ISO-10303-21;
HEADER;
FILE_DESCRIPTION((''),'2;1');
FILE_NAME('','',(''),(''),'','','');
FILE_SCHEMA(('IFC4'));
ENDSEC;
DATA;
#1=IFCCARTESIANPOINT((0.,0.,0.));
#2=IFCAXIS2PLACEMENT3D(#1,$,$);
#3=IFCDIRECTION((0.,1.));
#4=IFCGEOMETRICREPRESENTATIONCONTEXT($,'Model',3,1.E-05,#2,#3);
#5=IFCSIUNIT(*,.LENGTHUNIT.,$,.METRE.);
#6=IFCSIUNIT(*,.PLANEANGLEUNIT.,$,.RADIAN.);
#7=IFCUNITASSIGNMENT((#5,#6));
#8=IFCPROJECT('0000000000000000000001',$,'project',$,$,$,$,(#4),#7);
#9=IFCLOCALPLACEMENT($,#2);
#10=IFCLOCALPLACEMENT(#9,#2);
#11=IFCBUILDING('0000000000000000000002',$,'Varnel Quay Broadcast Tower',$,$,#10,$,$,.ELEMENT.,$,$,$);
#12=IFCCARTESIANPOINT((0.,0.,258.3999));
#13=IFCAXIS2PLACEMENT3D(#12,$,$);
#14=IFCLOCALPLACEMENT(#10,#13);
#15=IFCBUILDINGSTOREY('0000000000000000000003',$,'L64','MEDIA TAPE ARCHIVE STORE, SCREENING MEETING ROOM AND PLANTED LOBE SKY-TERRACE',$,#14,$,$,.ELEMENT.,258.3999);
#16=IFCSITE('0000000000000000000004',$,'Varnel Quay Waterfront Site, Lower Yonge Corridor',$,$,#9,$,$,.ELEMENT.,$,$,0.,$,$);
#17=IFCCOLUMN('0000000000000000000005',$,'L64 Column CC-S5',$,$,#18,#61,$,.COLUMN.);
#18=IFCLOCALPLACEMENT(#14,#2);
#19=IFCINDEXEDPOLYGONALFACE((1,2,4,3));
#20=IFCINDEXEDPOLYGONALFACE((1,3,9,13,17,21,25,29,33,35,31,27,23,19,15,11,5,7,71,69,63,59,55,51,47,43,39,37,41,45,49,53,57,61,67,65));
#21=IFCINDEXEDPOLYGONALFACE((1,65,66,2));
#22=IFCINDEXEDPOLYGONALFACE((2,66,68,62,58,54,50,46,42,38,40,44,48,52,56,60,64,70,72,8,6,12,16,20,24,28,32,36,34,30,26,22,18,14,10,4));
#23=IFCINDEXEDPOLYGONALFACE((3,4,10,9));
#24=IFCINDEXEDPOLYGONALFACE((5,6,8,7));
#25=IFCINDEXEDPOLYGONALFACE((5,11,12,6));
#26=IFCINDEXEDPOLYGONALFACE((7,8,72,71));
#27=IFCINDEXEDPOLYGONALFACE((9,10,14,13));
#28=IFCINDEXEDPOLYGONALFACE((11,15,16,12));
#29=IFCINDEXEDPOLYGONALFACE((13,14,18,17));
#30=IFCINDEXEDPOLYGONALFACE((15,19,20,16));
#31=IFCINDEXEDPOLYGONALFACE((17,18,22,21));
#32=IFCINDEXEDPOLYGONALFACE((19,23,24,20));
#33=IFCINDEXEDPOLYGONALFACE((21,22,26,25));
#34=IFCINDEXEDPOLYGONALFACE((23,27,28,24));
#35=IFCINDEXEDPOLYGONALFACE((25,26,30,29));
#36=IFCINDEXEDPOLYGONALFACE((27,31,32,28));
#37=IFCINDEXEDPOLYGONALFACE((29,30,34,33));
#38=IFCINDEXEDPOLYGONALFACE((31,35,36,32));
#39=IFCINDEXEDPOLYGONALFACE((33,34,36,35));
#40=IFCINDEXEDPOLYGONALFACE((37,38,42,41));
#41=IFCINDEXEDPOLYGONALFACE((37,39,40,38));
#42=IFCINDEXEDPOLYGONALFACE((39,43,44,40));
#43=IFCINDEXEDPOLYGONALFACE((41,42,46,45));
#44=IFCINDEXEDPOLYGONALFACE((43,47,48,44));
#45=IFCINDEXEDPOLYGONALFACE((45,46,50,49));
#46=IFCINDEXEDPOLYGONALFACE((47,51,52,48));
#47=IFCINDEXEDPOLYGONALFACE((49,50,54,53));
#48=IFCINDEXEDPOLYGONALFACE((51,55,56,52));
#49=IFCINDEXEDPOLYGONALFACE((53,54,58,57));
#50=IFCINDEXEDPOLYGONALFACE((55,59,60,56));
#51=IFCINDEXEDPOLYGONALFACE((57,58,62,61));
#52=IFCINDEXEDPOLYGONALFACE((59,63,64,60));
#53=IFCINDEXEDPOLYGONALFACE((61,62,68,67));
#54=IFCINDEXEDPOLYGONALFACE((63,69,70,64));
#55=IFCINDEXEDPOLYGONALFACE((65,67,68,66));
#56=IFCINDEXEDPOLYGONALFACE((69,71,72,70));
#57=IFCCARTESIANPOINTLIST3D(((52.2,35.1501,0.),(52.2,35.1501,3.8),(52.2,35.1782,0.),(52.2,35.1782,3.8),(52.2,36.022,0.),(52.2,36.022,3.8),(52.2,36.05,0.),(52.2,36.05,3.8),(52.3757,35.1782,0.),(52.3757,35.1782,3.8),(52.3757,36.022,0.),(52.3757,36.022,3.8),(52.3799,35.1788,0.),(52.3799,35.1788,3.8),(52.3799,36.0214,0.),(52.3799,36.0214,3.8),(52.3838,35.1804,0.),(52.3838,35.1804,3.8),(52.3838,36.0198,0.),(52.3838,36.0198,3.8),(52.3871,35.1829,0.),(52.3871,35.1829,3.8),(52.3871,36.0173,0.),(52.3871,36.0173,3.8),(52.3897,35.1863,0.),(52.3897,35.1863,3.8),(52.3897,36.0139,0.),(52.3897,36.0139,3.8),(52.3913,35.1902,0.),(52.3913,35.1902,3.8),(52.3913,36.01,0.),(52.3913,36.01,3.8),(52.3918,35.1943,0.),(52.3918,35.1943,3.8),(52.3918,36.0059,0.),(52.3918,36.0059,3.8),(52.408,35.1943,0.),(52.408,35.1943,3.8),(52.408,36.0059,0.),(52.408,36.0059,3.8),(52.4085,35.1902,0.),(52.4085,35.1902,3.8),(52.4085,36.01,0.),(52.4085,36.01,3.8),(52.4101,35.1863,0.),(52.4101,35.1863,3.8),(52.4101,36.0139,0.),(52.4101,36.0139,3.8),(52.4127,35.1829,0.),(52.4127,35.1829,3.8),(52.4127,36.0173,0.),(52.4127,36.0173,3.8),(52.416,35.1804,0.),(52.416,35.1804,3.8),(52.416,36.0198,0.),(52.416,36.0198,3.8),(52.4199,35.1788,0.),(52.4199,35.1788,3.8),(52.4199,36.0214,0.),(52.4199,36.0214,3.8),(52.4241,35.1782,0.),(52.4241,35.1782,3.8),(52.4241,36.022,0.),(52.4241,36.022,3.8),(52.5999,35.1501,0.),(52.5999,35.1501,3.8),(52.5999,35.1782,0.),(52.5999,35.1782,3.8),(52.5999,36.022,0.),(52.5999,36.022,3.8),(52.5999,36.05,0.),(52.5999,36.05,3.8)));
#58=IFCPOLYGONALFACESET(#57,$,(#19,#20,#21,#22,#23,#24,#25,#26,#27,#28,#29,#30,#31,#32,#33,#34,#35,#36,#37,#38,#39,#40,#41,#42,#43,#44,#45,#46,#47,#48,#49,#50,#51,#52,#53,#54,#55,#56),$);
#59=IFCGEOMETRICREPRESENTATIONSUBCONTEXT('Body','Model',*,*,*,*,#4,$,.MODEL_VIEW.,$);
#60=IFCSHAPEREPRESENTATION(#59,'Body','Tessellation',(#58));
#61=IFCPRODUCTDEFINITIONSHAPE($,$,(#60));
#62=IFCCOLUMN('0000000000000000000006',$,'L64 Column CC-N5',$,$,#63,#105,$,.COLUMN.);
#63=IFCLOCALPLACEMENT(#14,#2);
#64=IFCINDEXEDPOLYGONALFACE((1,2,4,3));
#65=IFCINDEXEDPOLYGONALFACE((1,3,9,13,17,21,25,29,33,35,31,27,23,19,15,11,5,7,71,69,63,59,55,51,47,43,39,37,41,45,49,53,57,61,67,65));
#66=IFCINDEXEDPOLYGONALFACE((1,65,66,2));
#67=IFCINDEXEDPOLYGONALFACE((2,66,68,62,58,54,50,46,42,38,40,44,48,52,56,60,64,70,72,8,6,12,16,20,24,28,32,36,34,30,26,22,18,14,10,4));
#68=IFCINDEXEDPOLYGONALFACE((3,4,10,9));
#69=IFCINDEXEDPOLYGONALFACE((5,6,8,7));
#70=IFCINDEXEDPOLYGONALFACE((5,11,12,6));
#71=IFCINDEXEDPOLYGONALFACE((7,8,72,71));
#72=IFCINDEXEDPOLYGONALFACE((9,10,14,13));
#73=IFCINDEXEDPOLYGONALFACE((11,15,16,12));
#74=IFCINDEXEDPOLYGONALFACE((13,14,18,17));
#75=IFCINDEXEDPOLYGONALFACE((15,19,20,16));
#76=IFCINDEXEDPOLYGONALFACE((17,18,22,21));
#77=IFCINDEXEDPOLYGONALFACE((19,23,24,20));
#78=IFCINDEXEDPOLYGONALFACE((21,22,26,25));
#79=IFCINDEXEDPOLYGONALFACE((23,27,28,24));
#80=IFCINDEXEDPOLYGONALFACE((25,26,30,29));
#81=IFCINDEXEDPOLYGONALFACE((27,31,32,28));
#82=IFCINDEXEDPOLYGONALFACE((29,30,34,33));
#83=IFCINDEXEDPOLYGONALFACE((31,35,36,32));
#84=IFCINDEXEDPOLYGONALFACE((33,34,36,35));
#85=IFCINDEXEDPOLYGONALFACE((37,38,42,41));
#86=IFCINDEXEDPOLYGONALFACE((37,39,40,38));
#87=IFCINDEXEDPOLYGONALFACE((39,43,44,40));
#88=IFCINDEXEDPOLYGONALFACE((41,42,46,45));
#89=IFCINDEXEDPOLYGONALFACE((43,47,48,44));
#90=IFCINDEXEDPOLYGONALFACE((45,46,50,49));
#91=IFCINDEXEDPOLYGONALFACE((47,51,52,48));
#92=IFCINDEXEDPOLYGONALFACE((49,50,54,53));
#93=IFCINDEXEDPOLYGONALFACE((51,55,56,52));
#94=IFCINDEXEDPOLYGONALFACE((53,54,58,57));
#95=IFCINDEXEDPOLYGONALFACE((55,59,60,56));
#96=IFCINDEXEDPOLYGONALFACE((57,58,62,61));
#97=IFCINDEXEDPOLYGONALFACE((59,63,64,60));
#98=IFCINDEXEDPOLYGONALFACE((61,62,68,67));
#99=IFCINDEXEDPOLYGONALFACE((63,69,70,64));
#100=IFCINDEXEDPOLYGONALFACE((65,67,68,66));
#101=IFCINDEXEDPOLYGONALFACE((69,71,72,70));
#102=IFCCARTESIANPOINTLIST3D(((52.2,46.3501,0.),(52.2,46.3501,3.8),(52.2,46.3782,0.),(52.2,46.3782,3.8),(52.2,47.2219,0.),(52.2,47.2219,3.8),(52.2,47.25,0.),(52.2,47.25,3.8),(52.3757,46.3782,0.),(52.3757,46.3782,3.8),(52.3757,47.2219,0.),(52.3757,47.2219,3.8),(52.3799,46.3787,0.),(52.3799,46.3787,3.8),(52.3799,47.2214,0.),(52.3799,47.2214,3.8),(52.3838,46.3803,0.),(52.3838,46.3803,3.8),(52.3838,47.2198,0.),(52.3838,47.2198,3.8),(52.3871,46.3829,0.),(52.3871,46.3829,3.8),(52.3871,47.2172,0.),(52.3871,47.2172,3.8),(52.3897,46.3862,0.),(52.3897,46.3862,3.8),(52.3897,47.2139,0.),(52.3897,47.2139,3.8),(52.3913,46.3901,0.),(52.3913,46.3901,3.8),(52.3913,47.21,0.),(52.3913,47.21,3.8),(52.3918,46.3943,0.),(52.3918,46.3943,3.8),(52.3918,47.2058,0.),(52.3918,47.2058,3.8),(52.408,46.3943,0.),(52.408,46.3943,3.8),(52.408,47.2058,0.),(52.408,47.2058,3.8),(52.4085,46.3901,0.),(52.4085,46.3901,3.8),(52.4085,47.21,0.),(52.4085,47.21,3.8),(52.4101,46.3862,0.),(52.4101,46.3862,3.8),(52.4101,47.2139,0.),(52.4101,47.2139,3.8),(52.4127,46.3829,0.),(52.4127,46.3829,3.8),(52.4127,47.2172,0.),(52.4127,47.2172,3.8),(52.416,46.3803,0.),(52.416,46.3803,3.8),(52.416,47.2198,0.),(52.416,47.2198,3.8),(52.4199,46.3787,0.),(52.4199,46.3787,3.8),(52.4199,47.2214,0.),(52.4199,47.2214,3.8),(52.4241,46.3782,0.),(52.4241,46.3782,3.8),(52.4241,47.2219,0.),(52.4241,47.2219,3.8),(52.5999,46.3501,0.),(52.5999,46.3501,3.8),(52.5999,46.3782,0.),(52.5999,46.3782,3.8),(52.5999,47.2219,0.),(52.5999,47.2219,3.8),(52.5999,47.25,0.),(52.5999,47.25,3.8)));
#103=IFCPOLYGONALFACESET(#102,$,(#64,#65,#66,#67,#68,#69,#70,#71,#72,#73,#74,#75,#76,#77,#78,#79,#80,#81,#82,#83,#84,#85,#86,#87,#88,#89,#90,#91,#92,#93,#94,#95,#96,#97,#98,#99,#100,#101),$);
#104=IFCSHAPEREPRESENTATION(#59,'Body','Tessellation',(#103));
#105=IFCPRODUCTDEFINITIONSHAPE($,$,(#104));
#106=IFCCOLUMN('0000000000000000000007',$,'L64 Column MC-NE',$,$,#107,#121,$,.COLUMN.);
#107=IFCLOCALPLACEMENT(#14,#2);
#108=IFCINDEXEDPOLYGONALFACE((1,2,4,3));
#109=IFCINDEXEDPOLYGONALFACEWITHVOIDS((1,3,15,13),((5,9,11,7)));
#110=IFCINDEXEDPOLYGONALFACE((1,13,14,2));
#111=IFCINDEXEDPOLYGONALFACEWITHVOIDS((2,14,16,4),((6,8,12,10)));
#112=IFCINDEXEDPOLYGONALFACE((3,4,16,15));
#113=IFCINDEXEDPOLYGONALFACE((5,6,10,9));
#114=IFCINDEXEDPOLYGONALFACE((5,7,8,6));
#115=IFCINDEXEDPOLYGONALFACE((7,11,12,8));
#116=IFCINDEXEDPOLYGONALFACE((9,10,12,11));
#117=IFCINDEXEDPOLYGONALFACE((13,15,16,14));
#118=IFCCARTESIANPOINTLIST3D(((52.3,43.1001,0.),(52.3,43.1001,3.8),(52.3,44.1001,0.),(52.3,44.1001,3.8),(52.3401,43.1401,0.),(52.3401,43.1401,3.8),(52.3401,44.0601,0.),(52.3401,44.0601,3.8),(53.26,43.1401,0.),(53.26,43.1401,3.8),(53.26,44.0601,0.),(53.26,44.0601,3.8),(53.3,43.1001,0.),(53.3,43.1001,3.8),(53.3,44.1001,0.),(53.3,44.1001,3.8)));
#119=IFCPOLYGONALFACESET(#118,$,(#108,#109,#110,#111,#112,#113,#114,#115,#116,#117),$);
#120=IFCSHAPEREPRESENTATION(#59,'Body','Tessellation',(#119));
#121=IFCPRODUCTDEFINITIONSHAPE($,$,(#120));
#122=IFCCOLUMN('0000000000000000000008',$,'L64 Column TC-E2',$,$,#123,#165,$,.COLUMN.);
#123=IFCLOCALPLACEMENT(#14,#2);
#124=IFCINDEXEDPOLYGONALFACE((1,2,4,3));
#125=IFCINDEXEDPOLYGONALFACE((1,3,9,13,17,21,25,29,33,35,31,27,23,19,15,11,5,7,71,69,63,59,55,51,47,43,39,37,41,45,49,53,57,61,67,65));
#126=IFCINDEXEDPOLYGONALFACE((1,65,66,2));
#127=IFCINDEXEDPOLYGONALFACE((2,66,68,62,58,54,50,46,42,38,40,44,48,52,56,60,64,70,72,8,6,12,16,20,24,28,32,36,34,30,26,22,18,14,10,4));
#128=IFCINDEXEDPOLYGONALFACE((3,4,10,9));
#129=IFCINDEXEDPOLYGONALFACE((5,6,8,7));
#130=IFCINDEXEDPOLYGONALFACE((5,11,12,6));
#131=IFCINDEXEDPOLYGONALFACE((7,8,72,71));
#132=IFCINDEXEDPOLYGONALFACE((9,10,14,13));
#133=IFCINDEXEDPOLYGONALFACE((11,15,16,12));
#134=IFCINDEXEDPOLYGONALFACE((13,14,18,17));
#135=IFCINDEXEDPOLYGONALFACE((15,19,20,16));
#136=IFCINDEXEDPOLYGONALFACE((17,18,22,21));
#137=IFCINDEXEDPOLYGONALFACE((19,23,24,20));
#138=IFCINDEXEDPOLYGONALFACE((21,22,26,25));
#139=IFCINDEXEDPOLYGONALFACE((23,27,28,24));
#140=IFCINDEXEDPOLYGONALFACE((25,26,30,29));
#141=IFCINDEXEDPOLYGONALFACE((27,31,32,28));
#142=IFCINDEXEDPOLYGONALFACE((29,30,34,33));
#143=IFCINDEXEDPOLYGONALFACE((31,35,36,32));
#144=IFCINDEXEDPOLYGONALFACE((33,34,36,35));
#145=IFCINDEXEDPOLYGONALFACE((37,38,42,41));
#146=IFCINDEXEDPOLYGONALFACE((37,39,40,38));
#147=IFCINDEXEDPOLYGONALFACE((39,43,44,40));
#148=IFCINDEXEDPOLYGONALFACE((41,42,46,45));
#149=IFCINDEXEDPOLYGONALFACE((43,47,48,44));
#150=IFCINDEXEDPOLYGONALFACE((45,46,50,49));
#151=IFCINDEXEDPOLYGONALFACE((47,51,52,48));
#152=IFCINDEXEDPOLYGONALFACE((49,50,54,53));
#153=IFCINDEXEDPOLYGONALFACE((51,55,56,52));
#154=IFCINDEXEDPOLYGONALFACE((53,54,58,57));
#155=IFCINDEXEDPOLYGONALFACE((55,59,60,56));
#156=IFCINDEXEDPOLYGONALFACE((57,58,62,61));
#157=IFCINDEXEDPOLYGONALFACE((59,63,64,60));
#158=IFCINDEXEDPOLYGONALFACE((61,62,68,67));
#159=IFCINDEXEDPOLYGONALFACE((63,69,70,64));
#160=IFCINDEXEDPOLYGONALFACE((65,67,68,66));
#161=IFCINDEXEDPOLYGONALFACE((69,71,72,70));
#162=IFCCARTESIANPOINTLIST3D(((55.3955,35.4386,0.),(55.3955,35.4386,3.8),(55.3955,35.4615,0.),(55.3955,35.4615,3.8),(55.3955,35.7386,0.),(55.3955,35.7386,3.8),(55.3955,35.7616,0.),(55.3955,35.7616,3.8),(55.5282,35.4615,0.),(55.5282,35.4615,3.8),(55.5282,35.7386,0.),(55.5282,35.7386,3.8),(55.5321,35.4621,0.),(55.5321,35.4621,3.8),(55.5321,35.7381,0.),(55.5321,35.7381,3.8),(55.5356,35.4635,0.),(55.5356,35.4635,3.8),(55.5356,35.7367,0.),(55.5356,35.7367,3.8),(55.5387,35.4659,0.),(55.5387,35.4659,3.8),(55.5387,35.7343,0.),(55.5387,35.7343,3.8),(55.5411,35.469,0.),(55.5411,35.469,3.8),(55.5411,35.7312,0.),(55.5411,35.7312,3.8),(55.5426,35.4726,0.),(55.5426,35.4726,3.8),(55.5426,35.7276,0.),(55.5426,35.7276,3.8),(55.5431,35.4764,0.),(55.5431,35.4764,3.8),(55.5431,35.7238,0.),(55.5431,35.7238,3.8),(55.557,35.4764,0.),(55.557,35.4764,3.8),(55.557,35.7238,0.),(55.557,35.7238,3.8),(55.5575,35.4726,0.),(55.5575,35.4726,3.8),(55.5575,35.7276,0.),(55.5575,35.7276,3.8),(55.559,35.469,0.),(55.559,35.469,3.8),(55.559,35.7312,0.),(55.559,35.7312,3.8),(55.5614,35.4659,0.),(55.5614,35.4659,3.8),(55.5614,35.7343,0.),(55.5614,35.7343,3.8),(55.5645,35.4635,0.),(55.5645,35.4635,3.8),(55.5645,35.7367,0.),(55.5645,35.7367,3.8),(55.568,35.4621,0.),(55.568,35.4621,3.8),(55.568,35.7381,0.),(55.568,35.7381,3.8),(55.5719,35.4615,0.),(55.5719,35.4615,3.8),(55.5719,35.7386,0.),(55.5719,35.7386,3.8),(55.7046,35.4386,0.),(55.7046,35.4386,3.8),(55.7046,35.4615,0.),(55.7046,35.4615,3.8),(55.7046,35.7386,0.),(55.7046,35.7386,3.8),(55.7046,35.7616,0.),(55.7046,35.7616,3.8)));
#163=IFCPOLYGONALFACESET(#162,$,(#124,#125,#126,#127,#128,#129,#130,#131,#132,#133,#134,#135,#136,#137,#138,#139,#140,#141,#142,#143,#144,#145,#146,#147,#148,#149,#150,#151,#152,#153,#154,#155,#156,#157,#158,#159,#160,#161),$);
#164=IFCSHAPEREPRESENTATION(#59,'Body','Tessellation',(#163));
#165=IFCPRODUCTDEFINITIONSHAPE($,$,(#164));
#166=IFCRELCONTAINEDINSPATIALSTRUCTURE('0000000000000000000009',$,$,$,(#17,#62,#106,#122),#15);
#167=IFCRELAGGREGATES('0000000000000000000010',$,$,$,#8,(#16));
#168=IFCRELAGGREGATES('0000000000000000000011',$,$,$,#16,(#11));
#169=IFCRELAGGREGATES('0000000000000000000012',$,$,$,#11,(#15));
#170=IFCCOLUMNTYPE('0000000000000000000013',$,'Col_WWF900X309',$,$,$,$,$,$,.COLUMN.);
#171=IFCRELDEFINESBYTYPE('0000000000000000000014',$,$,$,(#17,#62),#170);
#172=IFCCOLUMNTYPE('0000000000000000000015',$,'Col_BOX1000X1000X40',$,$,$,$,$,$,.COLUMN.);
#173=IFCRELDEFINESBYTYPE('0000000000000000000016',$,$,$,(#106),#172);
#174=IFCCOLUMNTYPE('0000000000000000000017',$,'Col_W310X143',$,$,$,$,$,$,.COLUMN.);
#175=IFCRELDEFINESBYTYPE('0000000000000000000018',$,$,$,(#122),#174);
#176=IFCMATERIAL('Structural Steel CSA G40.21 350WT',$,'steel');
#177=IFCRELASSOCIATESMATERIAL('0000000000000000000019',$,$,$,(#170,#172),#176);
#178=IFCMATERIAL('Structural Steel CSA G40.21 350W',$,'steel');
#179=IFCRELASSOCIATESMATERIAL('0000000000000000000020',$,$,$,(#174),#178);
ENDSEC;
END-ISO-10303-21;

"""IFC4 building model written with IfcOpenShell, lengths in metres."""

from ifc_helpers import new_model, si_unit, direction, frame, origin, origin_2d, place, context, subcontext, project, spatial, hollow_rectangle, i_section, extrude, source, transform, mapped, material, material_profile, profile_set, type_object, type_shapes, element, save


model = new_model("IFC4")

# Units and contexts
model_context = context("Model", 3, precision=1e-05, world=origin(), true_north=direction((0.0, 1.0)))
body_context = subcontext(model_context, "Body", "Model", "MODEL_VIEW")
ifc_project = project(units=[si_unit("LENGTHUNIT", "METRE"), si_unit("PLANEANGLEUNIT", "RADIAN")], contexts=[model_context])

# Site, building, storey
site_placement = place(None, origin())
site = spatial("IfcSite", under=ifc_project, at=site_placement, Name="Varnel Quay Waterfront Site, Lower Yonge Corridor", CompositionType="ELEMENT", RefElevation=0.0)
building_placement = place(site_placement, origin())
building = spatial("IfcBuilding", under=site, at=building_placement, Name="Varnel Quay Broadcast Tower", CompositionType="ELEMENT")
storey_placement = place(building_placement, frame((0.0, 0.0, 258.3999)))
storey = spatial("IfcBuildingStorey", under=building, at=storey_placement, Name="L64", Description="MEDIA TAPE ARCHIVE STORE, SCREENING MEETING ROOM AND PLANTED LOBE SKY-TERRACE", CompositionType="ELEMENT", Elevation=258.3999)

# Columns
ifc_material_1 = material(Name="Structural Steel CSA G40.21 350WT", Category="steel")
ifc_material_profile_1 = material_profile(ifc_material_1, i_section(OverallWidth=0.3999, OverallDepth=0.8999, WebThickness=0.0161, FlangeThickness=0.0281, FilletRadius=0.0161, at=origin_2d()), Name="WWF900X309")
ifc_profile_set_1 = profile_set([ifc_material_profile_1], Name="Structural Steel CSA G40.21 350WT")
column_type_1 = type_object("IfcColumnType", Name="Col_WWF900X309", PredefinedType="COLUMN", material=ifc_profile_set_1)
shared_shape_1 = source(origin(), body_context, "Body", "SweptSolid", [
    extrude(i_section(OverallWidth=0.3999, OverallDepth=0.8999, WebThickness=0.0161, FlangeThickness=0.0281, FilletRadius=0.0161, at=origin_2d()), origin(), (0.0, 0.0, 1.0), 3.8),
])
type_shapes(column_type_1, [shared_shape_1])
for number, where, z_axis, x_axis, name in (
    (1, (52.3999, 35.6001, 0.0), (0.0, 0.0, 1.0), (1.0, 0.0, 0.0), "L64 Column CC-S5"),
    (2, (52.3999, 46.8, 0.0), (0.0, 0.0, 1.0), (1.0, 0.0, 0.0), "L64 Column CC-N5"),
):
    element("IfcColumn", number, at=place(storey_placement, frame(where, z_axis=z_axis, x_axis=x_axis)), inside=storey, type_object=column_type_1, Name=name, PredefinedType="COLUMN", context=body_context, shape_type="MappedRepresentation", body=[
        mapped(shared_shape_1, transform((0.0, 0.0, 0.0), x_axis=(1.0, 0.0, 0.0), y_axis=(0.0, 1.0, 0.0), z_axis=(0.0, 0.0, 1.0), scale=1.0)),
    ])
ifc_material_profile_2 = material_profile(ifc_material_1, hollow_rectangle(XDim=1.0, YDim=1.0, WallThickness=0.04, at=origin_2d()), Name="BOX1000X1000X40")
ifc_profile_set_2 = profile_set([ifc_material_profile_2], Name="Structural Steel CSA G40.21 350WT")
column_type_2 = type_object("IfcColumnType", Name="Col_BOX1000X1000X40", PredefinedType="COLUMN", material=ifc_profile_set_2)
shared_shape_2 = source(origin(), body_context, "Body", "SweptSolid", [
    extrude(hollow_rectangle(XDim=1.0, YDim=1.0, WallThickness=0.04, at=origin_2d()), origin(), (0.0, 0.0, 1.0), 3.8),
])
type_shapes(column_type_2, [shared_shape_2])
column_1_placement = place(storey_placement, frame((52.8, 43.6001, 0.0), z_axis=(0.0, 0.0, 1.0), x_axis=(1.0, 0.0, 0.0)))
element("IfcColumn", 3, at=column_1_placement, inside=storey, type_object=column_type_2, Name="L64 Column MC-NE", PredefinedType="COLUMN", context=body_context, shape_type="MappedRepresentation", body=[
    mapped(shared_shape_2, transform((0.0, 0.0, 0.0), x_axis=(1.0, 0.0, 0.0), y_axis=(0.0, 1.0, 0.0), z_axis=(0.0, 0.0, 1.0), scale=1.0)),
])
ifc_material_2 = material(Name="Structural Steel CSA G40.21 350W", Category="steel")
ifc_material_profile_3 = material_profile(ifc_material_2, i_section(OverallWidth=0.3091, OverallDepth=0.323, WebThickness=0.0139, FlangeThickness=0.0229, FilletRadius=0.0149, at=origin_2d()), Name="W310X143")
ifc_profile_set_3 = profile_set([ifc_material_profile_3], Name="Structural Steel CSA G40.21 350W")
column_type_3 = type_object("IfcColumnType", Name="Col_W310X143", PredefinedType="COLUMN", material=ifc_profile_set_3)
shared_shape_3 = source(origin(), body_context, "Body", "SweptSolid", [
    extrude(i_section(OverallWidth=0.3091, OverallDepth=0.323, WebThickness=0.0139, FlangeThickness=0.0229, FilletRadius=0.0149, at=origin_2d()), origin(), (0.0, 0.0, 1.0), 3.8),
])
type_shapes(column_type_3, [shared_shape_3])
column_2_placement = place(storey_placement, frame((55.55, 35.6001, 0.0), z_axis=(0.0, 0.0, 1.0), x_axis=(1.0, 0.0, 0.0)))
element("IfcColumn", 4, at=column_2_placement, inside=storey, type_object=column_type_3, Name="L64 Column TC-E2", PredefinedType="COLUMN", context=body_context, shape_type="MappedRepresentation", body=[
    mapped(shared_shape_3, transform((0.0, 0.0, 0.0), x_axis=(1.0, 0.0, 0.0), y_axis=(0.0, 1.0, 0.0), z_axis=(0.0, 0.0, 1.0), scale=1.0)),
])

save(model, "model.ifc")
